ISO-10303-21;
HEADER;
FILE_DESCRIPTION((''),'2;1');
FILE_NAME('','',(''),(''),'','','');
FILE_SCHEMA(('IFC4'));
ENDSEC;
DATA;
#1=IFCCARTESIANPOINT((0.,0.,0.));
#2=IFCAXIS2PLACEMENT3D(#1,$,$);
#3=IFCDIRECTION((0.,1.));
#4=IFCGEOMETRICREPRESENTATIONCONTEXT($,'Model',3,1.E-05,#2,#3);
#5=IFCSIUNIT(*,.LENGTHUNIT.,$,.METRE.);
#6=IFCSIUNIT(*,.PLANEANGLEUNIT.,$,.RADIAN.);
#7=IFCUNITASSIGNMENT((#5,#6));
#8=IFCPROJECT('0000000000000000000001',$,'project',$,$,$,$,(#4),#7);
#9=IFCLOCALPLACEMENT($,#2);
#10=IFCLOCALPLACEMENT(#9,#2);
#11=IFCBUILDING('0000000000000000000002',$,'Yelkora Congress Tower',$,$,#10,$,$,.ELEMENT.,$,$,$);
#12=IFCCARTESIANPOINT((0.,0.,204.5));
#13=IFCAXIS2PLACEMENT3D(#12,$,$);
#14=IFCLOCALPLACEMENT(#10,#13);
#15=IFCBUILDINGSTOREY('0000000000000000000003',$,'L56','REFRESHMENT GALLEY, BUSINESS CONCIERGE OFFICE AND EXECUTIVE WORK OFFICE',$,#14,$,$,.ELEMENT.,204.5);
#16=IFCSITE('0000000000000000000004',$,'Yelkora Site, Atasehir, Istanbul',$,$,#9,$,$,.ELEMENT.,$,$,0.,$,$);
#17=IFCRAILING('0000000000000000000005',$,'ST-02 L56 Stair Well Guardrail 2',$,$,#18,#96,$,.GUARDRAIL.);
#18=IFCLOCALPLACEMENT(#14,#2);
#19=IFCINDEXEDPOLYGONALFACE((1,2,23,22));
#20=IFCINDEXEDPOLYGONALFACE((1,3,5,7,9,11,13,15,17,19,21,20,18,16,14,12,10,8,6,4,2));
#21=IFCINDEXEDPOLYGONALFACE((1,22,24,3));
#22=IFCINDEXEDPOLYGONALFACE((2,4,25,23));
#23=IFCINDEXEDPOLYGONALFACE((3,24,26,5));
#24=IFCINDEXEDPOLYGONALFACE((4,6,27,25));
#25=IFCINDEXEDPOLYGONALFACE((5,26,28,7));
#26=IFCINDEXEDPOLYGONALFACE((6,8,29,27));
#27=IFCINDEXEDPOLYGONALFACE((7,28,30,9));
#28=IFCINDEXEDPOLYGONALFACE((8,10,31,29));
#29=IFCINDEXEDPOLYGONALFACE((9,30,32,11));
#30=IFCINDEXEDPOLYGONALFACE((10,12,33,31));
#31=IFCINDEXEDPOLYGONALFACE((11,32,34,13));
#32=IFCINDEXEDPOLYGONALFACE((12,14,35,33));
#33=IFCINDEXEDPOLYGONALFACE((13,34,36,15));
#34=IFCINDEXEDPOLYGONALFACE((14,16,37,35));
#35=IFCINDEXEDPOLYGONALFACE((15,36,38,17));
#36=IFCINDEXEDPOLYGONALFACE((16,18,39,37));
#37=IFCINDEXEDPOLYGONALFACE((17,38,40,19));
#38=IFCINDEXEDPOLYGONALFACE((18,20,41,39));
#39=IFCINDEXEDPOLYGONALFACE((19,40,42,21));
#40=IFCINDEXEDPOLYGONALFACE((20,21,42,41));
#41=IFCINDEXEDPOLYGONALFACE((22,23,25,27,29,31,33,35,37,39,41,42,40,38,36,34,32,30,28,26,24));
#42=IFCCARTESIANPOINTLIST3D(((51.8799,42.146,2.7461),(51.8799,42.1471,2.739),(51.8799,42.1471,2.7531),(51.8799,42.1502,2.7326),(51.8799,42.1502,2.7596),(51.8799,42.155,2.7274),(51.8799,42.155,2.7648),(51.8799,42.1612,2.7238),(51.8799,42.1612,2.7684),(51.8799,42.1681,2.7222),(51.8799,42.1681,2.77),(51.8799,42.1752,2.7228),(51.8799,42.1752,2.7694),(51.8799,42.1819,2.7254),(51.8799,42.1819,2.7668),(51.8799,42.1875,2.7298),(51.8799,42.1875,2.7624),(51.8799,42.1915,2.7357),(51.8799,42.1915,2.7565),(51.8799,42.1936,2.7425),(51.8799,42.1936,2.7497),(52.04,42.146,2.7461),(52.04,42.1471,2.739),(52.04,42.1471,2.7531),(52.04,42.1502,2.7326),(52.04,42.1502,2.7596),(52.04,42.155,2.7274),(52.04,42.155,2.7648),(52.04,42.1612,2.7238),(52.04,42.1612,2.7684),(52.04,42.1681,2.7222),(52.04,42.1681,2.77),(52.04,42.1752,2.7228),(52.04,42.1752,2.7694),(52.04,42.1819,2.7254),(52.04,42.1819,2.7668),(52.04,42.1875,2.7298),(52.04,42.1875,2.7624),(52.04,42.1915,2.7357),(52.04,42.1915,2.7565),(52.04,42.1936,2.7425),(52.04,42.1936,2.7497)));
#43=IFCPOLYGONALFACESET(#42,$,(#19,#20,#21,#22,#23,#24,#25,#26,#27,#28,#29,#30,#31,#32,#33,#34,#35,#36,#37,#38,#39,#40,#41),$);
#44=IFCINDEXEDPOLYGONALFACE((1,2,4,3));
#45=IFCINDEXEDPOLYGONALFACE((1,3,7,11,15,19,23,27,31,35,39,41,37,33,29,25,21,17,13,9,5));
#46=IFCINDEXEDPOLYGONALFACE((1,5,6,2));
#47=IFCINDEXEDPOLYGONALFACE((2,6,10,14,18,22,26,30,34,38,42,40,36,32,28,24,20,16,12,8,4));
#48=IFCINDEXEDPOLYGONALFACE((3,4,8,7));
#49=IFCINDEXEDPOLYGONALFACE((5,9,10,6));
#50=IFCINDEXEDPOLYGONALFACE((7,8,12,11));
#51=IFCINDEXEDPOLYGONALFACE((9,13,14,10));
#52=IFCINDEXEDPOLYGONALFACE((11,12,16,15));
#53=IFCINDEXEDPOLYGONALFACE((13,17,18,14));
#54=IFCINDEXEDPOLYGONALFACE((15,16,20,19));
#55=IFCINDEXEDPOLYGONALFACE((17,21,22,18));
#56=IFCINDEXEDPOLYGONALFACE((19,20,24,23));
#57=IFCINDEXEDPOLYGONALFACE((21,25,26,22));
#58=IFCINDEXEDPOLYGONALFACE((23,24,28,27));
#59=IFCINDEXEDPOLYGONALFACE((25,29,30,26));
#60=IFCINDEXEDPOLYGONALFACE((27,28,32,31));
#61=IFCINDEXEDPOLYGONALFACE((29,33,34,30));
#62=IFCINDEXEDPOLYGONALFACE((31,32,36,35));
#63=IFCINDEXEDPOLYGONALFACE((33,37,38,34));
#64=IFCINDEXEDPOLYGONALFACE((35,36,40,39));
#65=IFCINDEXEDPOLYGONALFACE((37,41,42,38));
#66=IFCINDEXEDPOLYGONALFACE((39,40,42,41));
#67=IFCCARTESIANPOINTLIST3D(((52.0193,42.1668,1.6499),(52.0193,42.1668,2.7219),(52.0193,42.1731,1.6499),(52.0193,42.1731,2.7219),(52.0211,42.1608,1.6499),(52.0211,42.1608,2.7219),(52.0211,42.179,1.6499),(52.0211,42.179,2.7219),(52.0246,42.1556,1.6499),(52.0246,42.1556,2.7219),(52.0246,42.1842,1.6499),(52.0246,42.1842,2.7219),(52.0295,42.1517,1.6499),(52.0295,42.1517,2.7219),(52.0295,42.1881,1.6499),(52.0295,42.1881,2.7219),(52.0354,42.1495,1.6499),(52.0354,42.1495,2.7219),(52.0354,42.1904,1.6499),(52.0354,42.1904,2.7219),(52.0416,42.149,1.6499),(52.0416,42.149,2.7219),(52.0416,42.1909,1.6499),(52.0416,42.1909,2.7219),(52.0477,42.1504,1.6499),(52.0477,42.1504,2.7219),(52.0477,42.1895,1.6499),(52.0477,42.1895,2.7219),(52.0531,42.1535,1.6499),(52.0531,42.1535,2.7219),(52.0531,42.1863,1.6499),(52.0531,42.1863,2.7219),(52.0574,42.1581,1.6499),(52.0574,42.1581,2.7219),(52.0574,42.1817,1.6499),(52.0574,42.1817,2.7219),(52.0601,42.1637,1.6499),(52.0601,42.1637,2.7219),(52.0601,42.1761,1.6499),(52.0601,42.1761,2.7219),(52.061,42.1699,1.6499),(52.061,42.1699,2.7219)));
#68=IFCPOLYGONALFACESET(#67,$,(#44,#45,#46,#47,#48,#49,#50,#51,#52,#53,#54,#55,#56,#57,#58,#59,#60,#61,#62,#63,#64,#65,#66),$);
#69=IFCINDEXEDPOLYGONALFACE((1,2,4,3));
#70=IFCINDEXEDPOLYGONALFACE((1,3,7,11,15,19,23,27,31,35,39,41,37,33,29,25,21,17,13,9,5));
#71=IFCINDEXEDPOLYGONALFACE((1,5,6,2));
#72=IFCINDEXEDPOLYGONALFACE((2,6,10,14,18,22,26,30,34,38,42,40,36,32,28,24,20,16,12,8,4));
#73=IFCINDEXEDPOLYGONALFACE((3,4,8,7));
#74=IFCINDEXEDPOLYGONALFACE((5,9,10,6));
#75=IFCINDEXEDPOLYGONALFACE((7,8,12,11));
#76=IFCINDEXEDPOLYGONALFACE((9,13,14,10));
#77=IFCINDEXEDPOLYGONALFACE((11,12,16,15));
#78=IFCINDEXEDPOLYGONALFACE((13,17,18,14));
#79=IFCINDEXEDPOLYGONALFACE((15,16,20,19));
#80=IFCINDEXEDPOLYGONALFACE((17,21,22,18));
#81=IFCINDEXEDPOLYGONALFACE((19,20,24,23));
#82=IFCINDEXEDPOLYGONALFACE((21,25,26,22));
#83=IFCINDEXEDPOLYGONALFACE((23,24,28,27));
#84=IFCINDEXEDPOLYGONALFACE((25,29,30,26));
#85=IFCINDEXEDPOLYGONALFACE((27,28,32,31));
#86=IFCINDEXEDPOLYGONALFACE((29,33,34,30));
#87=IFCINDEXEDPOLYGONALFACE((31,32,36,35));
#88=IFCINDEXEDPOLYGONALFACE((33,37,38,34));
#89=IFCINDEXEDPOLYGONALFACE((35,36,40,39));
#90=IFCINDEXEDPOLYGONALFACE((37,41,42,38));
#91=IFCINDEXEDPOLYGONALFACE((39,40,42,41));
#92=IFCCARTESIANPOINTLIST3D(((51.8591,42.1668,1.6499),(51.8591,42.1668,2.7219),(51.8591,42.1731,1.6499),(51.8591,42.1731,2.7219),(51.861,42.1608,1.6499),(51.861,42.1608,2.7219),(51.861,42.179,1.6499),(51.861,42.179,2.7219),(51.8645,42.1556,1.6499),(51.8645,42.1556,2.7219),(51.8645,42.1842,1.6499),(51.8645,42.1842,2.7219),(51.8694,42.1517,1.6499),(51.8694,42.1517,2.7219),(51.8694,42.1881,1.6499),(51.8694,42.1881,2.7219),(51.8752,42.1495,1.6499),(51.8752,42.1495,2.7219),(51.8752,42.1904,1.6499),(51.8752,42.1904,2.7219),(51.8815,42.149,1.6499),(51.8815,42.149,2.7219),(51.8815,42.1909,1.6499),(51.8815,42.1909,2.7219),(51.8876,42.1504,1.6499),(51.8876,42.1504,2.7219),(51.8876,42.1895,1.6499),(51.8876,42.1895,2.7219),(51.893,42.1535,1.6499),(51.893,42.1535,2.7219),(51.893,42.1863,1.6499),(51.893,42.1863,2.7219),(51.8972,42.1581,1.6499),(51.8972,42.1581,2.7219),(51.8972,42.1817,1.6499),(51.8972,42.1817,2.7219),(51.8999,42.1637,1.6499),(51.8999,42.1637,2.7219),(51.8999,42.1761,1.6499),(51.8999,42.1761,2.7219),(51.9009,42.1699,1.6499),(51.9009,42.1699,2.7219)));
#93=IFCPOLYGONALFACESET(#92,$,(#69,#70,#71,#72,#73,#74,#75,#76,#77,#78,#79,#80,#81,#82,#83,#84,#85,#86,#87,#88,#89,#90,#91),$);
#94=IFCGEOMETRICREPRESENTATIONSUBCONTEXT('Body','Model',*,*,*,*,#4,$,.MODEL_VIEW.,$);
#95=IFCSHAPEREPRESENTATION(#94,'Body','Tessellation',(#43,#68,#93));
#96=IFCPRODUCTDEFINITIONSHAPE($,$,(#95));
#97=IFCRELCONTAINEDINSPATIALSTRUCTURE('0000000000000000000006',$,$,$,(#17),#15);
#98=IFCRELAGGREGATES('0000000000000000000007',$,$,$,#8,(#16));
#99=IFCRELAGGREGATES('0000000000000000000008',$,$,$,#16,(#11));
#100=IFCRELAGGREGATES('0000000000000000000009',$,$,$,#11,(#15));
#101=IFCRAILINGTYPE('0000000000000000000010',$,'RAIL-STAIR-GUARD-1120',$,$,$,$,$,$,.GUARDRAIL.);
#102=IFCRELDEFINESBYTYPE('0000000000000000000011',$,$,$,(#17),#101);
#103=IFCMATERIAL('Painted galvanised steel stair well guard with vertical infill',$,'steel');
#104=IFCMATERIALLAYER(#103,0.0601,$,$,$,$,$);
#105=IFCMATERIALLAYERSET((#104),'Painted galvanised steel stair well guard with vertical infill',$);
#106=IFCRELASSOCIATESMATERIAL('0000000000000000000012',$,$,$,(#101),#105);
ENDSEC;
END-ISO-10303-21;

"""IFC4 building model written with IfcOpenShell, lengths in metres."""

from ifc_helpers import new_model, si_unit, direction, frame, origin, origin_2d, place, context, subcontext, project, spatial, circle, extrude, material, layer, layer_set, type_object, element, save


model = new_model("IFC4")

# Units and contexts
model_context = context("Model", 3, precision=1e-05, world=origin(), true_north=direction((0.0, 1.0)))
body_context = subcontext(model_context, "Body", "Model", "MODEL_VIEW")
ifc_project = project(units=[si_unit("LENGTHUNIT", "METRE"), si_unit("PLANEANGLEUNIT", "RADIAN")], contexts=[model_context])

# Site, building, storey
site_placement = place(None, origin())
site = spatial("IfcSite", under=ifc_project, at=site_placement, Name="Yelkora Site, Atasehir, Istanbul", CompositionType="ELEMENT", RefElevation=0.0)
building_placement = place(site_placement, origin())
building = spatial("IfcBuilding", under=site, at=building_placement, Name="Yelkora Congress Tower", CompositionType="ELEMENT")
storey_placement = place(building_placement, frame((0.0, 0.0, 204.5)))
storey = spatial("IfcBuildingStorey", under=building, at=storey_placement, Name="L56", Description="REFRESHMENT GALLEY, BUSINESS CONCIERGE OFFICE AND EXECUTIVE WORK OFFICE", CompositionType="ELEMENT", Elevation=204.5)

# Railing
ifc_material_1 = material(Name="Painted galvanised steel stair well guard with vertical infill", Category="steel")
ifc_layer_1 = layer(ifc_material_1, 0.0601)
ifc_layer_set_1 = layer_set([ifc_layer_1], Name="Painted galvanised steel stair well guard with vertical infill")
railing_type_1 = type_object("IfcRailingType", Name="RAIL-STAIR-GUARD-1120", PredefinedType="GUARDRAIL", material=ifc_layer_set_1)
railing_1_placement = place(storey_placement, frame((52.04, 42.1699, 1.6499)))
element("IfcRailing", 1, at=railing_1_placement, inside=storey, type_object=railing_type_1, Name="ST-02 L56 Stair Well Guardrail 2", PredefinedType="GUARDRAIL", context=body_context, shape_type="SweptSolid", body=[
    extrude(circle(Radius=0.0239, at=origin_2d()), frame((0.0, 0.0, 1.0962), z_axis=(-1.0, 0.0, 0.0), x_axis=(0.0, -1.0, 0.0)), (0.0, 0.0, 1.0), 0.1602),
    extrude(circle(Radius=0.021, at=origin_2d()), origin(), (0.0, 0.0, 1.0), 1.072),
    extrude(circle(Radius=0.021, at=origin_2d()), frame((-0.1602, 0.0, 0.0)), (0.0, 0.0, 1.0), 1.072),
])

save(model, "model.ifc")
